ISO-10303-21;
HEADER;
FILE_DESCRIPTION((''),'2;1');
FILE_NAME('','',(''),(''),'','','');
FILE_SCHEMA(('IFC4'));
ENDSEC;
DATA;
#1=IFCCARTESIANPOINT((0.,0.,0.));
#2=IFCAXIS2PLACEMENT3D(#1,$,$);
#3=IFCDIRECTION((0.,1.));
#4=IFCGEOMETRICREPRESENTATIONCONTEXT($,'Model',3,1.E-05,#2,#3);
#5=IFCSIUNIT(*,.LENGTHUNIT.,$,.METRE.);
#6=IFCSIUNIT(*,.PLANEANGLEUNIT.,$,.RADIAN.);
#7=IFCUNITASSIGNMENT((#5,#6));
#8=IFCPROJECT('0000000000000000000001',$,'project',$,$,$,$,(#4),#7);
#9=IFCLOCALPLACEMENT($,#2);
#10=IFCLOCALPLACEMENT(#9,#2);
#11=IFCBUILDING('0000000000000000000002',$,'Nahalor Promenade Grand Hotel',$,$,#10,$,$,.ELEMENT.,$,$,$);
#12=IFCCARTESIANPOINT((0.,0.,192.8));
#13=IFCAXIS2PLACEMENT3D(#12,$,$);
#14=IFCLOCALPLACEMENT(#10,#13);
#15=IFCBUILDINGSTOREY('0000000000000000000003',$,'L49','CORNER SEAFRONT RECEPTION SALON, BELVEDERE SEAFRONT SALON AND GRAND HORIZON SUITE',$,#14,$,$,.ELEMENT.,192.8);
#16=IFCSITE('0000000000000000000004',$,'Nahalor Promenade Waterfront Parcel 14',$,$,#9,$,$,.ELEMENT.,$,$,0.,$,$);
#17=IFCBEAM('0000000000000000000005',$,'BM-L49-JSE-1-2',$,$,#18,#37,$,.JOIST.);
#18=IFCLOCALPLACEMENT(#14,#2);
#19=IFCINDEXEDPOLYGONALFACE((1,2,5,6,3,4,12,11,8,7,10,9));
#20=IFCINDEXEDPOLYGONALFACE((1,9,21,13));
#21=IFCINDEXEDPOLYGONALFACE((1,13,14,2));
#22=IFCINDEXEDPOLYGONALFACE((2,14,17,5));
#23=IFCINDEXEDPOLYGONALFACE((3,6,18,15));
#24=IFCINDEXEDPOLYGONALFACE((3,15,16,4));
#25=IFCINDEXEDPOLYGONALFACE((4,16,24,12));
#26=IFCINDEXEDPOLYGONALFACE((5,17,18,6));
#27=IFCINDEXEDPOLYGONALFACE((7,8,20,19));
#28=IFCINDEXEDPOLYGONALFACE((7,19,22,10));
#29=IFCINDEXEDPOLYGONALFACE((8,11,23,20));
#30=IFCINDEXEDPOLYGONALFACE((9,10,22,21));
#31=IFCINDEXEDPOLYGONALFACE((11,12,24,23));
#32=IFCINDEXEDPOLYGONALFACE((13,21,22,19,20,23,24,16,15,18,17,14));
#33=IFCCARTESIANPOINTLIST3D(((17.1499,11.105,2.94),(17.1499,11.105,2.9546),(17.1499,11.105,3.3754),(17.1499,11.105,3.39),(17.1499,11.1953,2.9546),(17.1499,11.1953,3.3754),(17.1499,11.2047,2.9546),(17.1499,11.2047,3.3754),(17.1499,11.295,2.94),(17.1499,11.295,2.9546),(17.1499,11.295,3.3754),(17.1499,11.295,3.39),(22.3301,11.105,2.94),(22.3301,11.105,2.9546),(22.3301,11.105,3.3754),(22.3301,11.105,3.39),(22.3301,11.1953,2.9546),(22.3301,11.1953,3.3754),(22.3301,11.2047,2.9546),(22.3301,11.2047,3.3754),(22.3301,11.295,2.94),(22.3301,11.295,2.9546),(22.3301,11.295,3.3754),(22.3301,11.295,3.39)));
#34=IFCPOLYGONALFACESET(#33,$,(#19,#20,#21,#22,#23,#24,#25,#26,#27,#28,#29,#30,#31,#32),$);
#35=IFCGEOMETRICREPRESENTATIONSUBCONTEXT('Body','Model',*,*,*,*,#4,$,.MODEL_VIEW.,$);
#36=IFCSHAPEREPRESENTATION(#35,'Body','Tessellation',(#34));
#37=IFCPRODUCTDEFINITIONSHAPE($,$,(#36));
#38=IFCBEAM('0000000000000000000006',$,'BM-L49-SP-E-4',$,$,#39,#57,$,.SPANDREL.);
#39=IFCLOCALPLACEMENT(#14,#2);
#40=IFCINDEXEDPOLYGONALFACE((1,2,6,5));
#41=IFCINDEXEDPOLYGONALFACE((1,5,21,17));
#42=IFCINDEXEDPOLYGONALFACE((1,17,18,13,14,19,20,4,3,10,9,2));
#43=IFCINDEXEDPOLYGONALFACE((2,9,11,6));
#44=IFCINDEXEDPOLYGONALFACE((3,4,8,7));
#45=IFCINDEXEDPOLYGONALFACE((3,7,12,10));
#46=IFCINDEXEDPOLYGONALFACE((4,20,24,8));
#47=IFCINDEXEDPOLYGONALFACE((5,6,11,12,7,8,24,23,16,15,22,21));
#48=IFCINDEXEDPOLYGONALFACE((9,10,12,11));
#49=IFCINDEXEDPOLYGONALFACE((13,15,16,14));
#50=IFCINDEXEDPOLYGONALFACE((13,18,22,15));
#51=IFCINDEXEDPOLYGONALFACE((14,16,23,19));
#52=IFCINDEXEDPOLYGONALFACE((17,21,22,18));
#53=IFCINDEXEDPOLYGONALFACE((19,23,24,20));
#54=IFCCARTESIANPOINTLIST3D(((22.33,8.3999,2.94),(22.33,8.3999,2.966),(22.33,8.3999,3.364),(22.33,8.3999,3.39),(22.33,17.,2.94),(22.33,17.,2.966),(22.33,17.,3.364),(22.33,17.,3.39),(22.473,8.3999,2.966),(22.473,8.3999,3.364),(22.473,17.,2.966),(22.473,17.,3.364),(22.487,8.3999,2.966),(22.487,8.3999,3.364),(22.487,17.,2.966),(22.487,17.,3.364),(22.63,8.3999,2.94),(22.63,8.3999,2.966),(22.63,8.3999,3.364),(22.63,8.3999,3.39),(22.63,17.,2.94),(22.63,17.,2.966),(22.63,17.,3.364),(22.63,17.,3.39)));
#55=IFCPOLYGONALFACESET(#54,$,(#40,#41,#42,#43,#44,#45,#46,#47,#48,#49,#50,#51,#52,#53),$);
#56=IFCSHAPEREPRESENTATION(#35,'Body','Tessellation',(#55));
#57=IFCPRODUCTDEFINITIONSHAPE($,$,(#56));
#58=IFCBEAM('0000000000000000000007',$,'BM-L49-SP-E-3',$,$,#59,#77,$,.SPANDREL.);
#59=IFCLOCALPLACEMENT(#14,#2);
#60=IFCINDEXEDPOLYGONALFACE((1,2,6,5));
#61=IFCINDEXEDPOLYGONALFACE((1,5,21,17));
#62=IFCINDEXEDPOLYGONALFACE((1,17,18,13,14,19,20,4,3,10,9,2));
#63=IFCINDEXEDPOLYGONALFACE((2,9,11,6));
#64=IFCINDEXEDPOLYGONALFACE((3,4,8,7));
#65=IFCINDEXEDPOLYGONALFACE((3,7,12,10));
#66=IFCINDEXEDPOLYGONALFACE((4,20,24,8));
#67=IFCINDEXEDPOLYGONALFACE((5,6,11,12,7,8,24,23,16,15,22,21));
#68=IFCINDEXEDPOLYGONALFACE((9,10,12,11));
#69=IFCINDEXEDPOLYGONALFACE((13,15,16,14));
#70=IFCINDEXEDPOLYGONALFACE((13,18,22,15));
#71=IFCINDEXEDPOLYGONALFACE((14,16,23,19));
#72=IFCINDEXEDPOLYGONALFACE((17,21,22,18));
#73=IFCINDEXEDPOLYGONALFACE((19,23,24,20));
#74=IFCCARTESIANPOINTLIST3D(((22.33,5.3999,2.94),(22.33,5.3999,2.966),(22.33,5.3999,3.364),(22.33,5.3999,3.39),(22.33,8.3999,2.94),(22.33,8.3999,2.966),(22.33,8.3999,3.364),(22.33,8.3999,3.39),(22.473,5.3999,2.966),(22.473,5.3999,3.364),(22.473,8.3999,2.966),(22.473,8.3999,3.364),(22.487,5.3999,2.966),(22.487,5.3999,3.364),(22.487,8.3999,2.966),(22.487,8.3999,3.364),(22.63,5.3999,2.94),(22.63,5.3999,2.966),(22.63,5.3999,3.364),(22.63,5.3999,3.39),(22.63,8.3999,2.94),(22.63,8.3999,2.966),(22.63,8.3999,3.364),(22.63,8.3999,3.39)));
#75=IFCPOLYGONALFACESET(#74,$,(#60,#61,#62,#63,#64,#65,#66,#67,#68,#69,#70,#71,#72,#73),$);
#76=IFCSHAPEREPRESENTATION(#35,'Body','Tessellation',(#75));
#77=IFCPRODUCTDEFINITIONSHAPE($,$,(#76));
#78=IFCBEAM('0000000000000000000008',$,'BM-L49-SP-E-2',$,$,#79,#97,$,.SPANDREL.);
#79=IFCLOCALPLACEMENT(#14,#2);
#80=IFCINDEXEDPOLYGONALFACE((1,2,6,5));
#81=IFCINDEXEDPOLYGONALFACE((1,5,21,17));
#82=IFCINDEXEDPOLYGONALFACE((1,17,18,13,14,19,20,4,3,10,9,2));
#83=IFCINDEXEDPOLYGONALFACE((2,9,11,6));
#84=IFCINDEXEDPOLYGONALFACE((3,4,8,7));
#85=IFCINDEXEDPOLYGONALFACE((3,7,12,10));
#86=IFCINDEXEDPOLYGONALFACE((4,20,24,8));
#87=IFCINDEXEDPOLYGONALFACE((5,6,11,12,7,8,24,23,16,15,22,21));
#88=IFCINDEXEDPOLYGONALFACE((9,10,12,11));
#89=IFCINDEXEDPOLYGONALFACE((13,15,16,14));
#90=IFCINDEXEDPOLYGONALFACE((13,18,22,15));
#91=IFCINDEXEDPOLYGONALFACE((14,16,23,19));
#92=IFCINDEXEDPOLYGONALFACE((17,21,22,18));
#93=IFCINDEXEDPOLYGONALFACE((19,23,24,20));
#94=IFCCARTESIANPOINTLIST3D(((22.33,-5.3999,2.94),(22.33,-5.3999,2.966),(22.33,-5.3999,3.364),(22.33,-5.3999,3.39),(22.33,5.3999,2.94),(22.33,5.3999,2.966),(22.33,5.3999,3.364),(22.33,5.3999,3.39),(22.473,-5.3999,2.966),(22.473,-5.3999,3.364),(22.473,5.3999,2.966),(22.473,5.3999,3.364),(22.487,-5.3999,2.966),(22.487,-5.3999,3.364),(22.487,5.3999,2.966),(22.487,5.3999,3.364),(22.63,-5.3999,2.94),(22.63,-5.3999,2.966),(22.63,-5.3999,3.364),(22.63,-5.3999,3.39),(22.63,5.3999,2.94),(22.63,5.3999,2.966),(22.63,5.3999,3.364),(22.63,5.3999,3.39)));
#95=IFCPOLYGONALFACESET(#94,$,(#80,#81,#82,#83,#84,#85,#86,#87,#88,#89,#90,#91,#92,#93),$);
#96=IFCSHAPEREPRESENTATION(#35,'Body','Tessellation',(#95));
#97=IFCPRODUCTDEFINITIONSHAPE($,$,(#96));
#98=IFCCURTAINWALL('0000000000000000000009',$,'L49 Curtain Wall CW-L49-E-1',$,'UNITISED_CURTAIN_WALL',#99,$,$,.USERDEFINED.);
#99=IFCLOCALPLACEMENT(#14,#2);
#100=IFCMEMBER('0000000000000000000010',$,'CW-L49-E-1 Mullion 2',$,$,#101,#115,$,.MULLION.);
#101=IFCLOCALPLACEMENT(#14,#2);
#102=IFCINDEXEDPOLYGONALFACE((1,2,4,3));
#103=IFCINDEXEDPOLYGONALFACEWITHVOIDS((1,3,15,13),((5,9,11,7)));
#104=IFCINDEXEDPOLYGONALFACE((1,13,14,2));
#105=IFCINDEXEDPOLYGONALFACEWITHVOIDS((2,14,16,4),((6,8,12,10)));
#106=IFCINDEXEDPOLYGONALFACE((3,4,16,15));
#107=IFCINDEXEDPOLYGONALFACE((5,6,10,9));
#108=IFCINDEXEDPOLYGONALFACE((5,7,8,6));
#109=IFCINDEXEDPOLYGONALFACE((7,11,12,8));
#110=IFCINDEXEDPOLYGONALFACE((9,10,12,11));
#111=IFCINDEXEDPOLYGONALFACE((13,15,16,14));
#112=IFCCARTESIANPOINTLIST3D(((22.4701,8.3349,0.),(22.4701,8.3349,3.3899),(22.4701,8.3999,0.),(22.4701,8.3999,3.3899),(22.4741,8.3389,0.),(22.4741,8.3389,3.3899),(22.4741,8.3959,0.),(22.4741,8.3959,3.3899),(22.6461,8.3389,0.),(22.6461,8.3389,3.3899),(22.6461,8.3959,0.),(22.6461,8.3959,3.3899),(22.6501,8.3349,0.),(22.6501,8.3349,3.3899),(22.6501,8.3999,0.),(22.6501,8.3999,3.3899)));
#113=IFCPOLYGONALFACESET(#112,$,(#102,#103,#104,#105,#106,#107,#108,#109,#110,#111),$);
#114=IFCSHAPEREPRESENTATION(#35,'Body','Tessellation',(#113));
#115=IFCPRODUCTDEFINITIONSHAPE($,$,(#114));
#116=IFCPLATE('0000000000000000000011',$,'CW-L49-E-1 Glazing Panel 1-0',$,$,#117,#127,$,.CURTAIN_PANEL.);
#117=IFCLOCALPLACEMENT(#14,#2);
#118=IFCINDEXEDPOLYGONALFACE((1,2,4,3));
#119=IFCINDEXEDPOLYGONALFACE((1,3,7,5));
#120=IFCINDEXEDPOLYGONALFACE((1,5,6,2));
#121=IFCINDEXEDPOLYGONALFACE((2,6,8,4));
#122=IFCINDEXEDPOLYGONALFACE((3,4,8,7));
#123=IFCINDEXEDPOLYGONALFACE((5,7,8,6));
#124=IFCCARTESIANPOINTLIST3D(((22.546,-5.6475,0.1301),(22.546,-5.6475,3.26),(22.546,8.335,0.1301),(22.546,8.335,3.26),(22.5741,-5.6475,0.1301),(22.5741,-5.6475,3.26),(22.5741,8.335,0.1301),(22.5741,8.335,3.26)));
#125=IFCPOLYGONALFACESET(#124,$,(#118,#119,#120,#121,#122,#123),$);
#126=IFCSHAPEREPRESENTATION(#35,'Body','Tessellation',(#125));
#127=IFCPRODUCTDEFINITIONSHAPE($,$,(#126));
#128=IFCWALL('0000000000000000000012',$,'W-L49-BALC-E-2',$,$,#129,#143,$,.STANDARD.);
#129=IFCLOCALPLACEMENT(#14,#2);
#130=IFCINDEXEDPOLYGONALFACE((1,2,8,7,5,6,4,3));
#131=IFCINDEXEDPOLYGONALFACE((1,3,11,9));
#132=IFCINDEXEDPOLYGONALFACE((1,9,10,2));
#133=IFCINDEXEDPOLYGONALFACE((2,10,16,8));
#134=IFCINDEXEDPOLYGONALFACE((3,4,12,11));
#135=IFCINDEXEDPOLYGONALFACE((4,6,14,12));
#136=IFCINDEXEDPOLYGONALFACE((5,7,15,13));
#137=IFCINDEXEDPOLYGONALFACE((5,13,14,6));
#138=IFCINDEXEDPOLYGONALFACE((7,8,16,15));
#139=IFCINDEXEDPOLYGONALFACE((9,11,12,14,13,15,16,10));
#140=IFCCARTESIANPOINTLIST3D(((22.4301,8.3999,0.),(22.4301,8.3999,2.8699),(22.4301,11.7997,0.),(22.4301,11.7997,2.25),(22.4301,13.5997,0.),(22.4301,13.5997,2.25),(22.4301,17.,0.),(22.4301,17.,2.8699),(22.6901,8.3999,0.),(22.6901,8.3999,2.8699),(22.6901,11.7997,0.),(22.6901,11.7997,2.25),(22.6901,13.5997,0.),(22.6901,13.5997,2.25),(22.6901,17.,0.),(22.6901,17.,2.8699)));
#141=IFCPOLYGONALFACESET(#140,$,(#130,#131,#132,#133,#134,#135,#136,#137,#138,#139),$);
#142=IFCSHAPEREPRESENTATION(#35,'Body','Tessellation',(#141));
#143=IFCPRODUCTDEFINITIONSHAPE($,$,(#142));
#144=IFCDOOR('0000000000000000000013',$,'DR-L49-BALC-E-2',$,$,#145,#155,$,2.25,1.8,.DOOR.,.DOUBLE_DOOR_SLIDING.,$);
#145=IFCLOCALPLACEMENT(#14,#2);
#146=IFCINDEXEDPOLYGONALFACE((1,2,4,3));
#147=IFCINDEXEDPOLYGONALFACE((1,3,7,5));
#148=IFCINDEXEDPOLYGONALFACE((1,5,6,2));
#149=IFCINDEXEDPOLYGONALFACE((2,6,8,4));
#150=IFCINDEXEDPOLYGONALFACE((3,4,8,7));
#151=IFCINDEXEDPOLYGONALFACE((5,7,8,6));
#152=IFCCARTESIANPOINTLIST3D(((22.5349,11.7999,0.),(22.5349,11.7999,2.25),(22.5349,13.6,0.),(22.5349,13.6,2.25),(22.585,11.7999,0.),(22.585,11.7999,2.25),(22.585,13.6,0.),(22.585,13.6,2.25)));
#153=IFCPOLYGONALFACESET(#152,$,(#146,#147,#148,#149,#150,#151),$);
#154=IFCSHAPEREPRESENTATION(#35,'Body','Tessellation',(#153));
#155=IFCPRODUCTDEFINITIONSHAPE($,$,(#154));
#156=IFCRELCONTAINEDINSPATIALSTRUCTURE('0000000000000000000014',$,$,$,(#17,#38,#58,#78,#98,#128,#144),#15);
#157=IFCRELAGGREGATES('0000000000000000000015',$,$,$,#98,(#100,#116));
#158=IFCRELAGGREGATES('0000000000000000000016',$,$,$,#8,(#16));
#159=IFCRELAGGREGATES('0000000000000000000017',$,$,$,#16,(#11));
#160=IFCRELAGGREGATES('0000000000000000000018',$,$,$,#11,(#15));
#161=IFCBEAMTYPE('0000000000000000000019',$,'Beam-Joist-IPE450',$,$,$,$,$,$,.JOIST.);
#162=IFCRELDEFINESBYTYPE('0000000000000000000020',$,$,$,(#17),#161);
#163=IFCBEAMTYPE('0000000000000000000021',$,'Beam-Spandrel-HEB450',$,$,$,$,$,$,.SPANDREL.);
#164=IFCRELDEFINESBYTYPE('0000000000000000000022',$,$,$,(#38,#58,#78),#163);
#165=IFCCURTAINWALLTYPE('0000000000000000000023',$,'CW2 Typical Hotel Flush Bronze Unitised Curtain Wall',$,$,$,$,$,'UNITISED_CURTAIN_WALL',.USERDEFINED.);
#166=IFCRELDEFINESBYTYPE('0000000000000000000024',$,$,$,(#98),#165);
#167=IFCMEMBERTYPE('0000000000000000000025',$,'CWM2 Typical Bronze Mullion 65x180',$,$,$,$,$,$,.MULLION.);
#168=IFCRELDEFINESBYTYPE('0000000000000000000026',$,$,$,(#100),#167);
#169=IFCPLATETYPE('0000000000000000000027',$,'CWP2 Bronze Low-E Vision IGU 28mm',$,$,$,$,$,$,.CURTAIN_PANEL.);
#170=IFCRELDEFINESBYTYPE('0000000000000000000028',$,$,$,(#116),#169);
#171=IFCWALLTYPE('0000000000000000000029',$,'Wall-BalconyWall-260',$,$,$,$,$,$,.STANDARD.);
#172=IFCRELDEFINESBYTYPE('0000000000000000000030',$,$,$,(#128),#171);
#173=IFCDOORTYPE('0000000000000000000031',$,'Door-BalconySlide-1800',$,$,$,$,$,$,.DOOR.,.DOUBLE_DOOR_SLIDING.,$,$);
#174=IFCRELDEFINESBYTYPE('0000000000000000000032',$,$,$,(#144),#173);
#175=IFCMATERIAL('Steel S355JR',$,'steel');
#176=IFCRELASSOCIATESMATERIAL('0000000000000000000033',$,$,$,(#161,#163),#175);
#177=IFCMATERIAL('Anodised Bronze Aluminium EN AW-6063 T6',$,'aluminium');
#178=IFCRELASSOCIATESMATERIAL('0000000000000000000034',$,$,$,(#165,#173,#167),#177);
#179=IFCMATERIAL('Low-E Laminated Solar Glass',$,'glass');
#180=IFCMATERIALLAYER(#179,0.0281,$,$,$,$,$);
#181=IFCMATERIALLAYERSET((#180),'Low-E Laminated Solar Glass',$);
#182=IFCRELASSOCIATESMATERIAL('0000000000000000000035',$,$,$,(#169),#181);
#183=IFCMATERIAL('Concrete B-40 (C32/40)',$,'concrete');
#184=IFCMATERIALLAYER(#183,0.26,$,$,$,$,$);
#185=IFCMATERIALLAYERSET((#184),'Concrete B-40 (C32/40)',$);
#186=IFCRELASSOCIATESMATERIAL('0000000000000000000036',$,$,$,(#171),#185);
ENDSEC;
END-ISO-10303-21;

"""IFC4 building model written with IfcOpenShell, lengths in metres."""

from ifc_helpers import new_model, si_unit, direction, frame, frame_2d, origin, origin_2d, place, context, subcontext, project, spatial, rectangle, hollow_rectangle, i_section, extrude, source, transform, mapped, material, layer, layer_set, material_profile, profile_set, type_object, element, fill, aggregate, save


model = new_model("IFC4")

# Units and contexts
model_context = context("Model", 3, precision=1e-05, world=origin(), true_north=direction((0.0, 1.0)))
body_context = subcontext(model_context, "Body", "Model", "MODEL_VIEW")
ifc_project = project(units=[si_unit("LENGTHUNIT", "METRE"), si_unit("PLANEANGLEUNIT", "RADIAN")], contexts=[model_context])

# Site, building, storey
site_placement = place(None, origin())
site = spatial("IfcSite", under=ifc_project, at=site_placement, Name="Nahalor Promenade Waterfront Parcel 14", CompositionType="ELEMENT", RefElevation=0.0)
building_placement = place(site_placement, origin())
building = spatial("IfcBuilding", under=site, at=building_placement, Name="Nahalor Promenade Grand Hotel", CompositionType="ELEMENT")
storey_placement = place(building_placement, frame((0.0, 0.0, 192.8)))
storey = spatial("IfcBuildingStorey", under=building, at=storey_placement, Name="L49", Description="CORNER SEAFRONT RECEPTION SALON, BELVEDERE SEAFRONT SALON AND GRAND HORIZON SUITE", CompositionType="ELEMENT", Elevation=192.8)

# Beams
ifc_material_1 = material(Name="Steel S355JR", Category="steel")
ifc_material_profile_1 = material_profile(ifc_material_1, i_section(OverallWidth=0.19, OverallDepth=0.45, WebThickness=0.0094, FlangeThickness=0.0146, at=origin_2d()), Name="IPE 450")
ifc_profile_set_1 = profile_set([ifc_material_profile_1], Name="Steel S355JR")
beam_type_1 = type_object("IfcBeamType", Name="Beam-Joist-IPE450", PredefinedType="JOIST", material=ifc_profile_set_1)
shared_shape_1 = source(origin(), body_context, "Body", "SweptSolid", [
    extrude(i_section(OverallWidth=0.19, OverallDepth=0.45, WebThickness=0.0094, FlangeThickness=0.0146, at=origin_2d()), origin(), (0.0, 0.0, 1.0), 5.1802),
])
beam_1_placement = place(storey_placement, frame((17.1499, 11.2, 3.165), z_axis=(1.0, 0.0, 0.0), x_axis=(0.0, 1.0, 0.0)))
element("IfcBeam", 1, at=beam_1_placement, inside=storey, type_object=beam_type_1, Name="BM-L49-JSE-1-2", PredefinedType="JOIST", context=body_context, shape_type="MappedRepresentation", body=[
    mapped(shared_shape_1, transform((0.0, 0.0, 0.0), scale=1.0)),
])
ifc_material_profile_2 = material_profile(ifc_material_1, i_section(OverallWidth=0.3, OverallDepth=0.45, WebThickness=0.014, FlangeThickness=0.026, at=origin_2d()), Name="HEB 450")
ifc_profile_set_2 = profile_set([ifc_material_profile_2], Name="Steel S355JR")
beam_type_2 = type_object("IfcBeamType", Name="Beam-Spandrel-HEB450", PredefinedType="SPANDREL", material=ifc_profile_set_2)
shared_shape_2 = source(origin(), body_context, "Body", "SweptSolid", [
    extrude(i_section(OverallWidth=0.3, OverallDepth=0.45, WebThickness=0.014, FlangeThickness=0.026, at=origin_2d()), origin(), (0.0, 0.0, 1.0), 8.6001),
])
beam_2_placement = place(storey_placement, frame((22.48, 8.3999, 3.165), z_axis=(0.0, 1.0, 0.0), x_axis=(-1.0, 0.0, 0.0)))
element("IfcBeam", 2, at=beam_2_placement, inside=storey, type_object=beam_type_2, Name="BM-L49-SP-E-4", PredefinedType="SPANDREL", context=body_context, shape_type="MappedRepresentation", body=[
    mapped(shared_shape_2, transform((0.0, 0.0, 0.0), scale=1.0)),
])
shared_shape_3 = source(origin(), body_context, "Body", "SweptSolid", [
    extrude(i_section(OverallWidth=0.3, OverallDepth=0.45, WebThickness=0.014, FlangeThickness=0.026, at=origin_2d()), origin(), (0.0, 0.0, 1.0), 3.0),
])
beam_3_placement = place(storey_placement, frame((22.48, 5.3999, 3.165), z_axis=(0.0, 1.0, 0.0), x_axis=(-1.0, 0.0, 0.0)))
element("IfcBeam", 3, at=beam_3_placement, inside=storey, type_object=beam_type_2, Name="BM-L49-SP-E-3", PredefinedType="SPANDREL", context=body_context, shape_type="MappedRepresentation", body=[
    mapped(shared_shape_3, transform((0.0, 0.0, 0.0), scale=1.0)),
])
shared_shape_4 = source(origin(), body_context, "Body", "SweptSolid", [
    extrude(i_section(OverallWidth=0.3, OverallDepth=0.45, WebThickness=0.014, FlangeThickness=0.026, at=origin_2d()), origin(), (0.0, 0.0, 1.0), 10.7998),
])
beam_4_placement = place(storey_placement, frame((22.48, -5.3999, 3.165), z_axis=(0.0, 1.0, 0.0), x_axis=(-1.0, 0.0, 0.0)))
element("IfcBeam", 4, at=beam_4_placement, inside=storey, type_object=beam_type_2, Name="BM-L49-SP-E-2", PredefinedType="SPANDREL", context=body_context, shape_type="MappedRepresentation", body=[
    mapped(shared_shape_4, transform((0.0, 0.0, 0.0), scale=1.0)),
])

# Curtain wall, member, plate
ifc_material_2 = material(Name="Anodised Bronze Aluminium EN AW-6063 T6", Category="aluminium")
curtain_wall_type = type_object("IfcCurtainWallType", Name="CW2 Typical Hotel Flush Bronze Unitised Curtain Wall", ElementType="UNITISED_CURTAIN_WALL", PredefinedType="USERDEFINED", material=ifc_material_2)
curtain_wall_placement = place(storey_placement, origin())
curtain_wall = element("IfcCurtainWall", 5, at=curtain_wall_placement, inside=storey, type_object=curtain_wall_type, Name="L49 Curtain Wall CW-L49-E-1", ObjectType="UNITISED_CURTAIN_WALL", PredefinedType="USERDEFINED")
ifc_material_profile_3 = material_profile(ifc_material_2, hollow_rectangle(XDim=0.065, YDim=0.18, WallThickness=0.004, at=origin_2d()), Name="CWM 65x180x4")
ifc_profile_set_3 = profile_set([ifc_material_profile_3], Name="Anodised Bronze Aluminium EN AW-6063 T6")
member_type = type_object("IfcMemberType", Name="CWM2 Typical Bronze Mullion 65x180", PredefinedType="MULLION", material=ifc_profile_set_3)
shared_shape_5 = source(origin(), body_context, "Body", "SweptSolid", [
    extrude(hollow_rectangle(XDim=0.065, YDim=0.18, WallThickness=0.004, at=origin_2d()), origin(), (0.0, 0.0, 1.0), 3.3899),
])
member_placement = place(storey_placement, frame((22.5601, 8.3674, 0.0), z_axis=(0.0, 0.0, 1.0), x_axis=(0.0, 1.0, 0.0)))
member = element("IfcMember", 6, at=member_placement, type_object=member_type, Name="CW-L49-E-1 Mullion 2", PredefinedType="MULLION", context=body_context, shape_type="MappedRepresentation", body=[
    mapped(shared_shape_5, transform((0.0, 0.0, 0.0), scale=1.0)),
])
ifc_material_3 = material(Name="Low-E Laminated Solar Glass", Category="glass")
ifc_layer_1 = layer(ifc_material_3, 0.0281)
ifc_layer_set_1 = layer_set([ifc_layer_1], Name="Low-E Laminated Solar Glass")
plate_type = type_object("IfcPlateType", Name="CWP2 Bronze Low-E Vision IGU 28mm", PredefinedType="CURTAIN_PANEL", material=ifc_layer_set_1)
shared_shape_6 = source(origin(), body_context, "Body", "SweptSolid", [
    extrude(rectangle(XDim=13.9824, YDim=0.0281, at=origin_2d()), origin(), (0.0, 0.0, 1.0), 3.1299),
])
plate_placement = place(storey_placement, frame((22.5601, 1.3438, 0.1301), z_axis=(0.0, 0.0, 1.0), x_axis=(0.0, 1.0, 0.0)))
plate = element("IfcPlate", 7, at=plate_placement, type_object=plate_type, Name="CW-L49-E-1 Glazing Panel 1-0", PredefinedType="CURTAIN_PANEL", context=body_context, shape_type="MappedRepresentation", body=[
    mapped(shared_shape_6, transform((0.0, 0.0, 0.0), scale=1.0)),
])
aggregate(curtain_wall, [member, plate])

# Wall, opening, door
ifc_material_4 = material(Name="Concrete B-40 (C32/40)", Category="concrete")
ifc_layer_2 = layer(ifc_material_4, 0.26)
ifc_layer_set_2 = layer_set([ifc_layer_2], Name="Concrete B-40 (C32/40)")
wall_type_1 = type_object("IfcWallType", Name="Wall-BalconyWall-260", PredefinedType="STANDARD", material=ifc_layer_set_2)
shared_shape_7 = source(origin(), body_context, "Body", "SweptSolid", [
    extrude(rectangle(XDim=8.6001, YDim=0.26, at=frame_2d((4.3, 0.0))), origin(), (0.0, 0.0, 1.0), 2.8699),
])
wall_1_placement = place(storey_placement, frame((22.5601, 8.3999, 0.0), z_axis=(0.0, 0.0, 1.0), x_axis=(0.0, 1.0, 0.0)))
wall_1 = element("IfcWall", 8, at=wall_1_placement, inside=storey, type_object=wall_type_1, Name="W-L49-BALC-E-2", PredefinedType="STANDARD", context=body_context, shape_type="MappedRepresentation", body=[
    mapped(shared_shape_7, transform((0.0, 0.0, 0.0), scale=1.0)),
])
opening_1_placement = place(wall_1_placement, frame((3.3999, 0.0, 0.0)))
opening_1 = element("IfcOpeningElement", 9, at=opening_1_placement, cuts=wall_1, PredefinedType="OPENING", context=body_context, shape_type="SweptSolid", body=[
    extrude(rectangle(XDim=1.8, YDim=2.25, at=frame_2d((0.8999, 1.125))), frame((0.0, 0.1399, 0.0), z_axis=(0.0, -1.0, 0.0), x_axis=(1.0, 0.0, 0.0)), (0.0, 0.0, 1.0), 0.28),
])
door_type_1 = type_object("IfcDoorType", Name="Door-BalconySlide-1800", OperationType="DOUBLE_DOOR_SLIDING", PredefinedType="DOOR", material=ifc_material_2)
shared_shape_8 = source(origin(), body_context, "Body", "SweptSolid", [
    extrude(rectangle(XDim=1.8, YDim=2.25, at=frame_2d((0.8999, 1.125))), frame((0.0, 0.0249, 0.0), z_axis=(0.0, -1.0, 0.0), x_axis=(1.0, 0.0, 0.0)), (0.0, 0.0, 1.0), 0.05),
])
door_1_placement = place(opening_1_placement, frame((1.8, 0.0, 0.0), z_axis=(0.0, 0.0, 1.0), x_axis=(-1.0, 0.0, 0.0)))
door_1 = element("IfcDoor", 10, at=door_1_placement, inside=storey, type_object=door_type_1, Name="DR-L49-BALC-E-2", OperationType="DOUBLE_DOOR_SLIDING", OverallHeight=2.25, OverallWidth=1.8, PredefinedType="DOOR", context=body_context, shape_type="MappedRepresentation", body=[
    mapped(shared_shape_8, transform((0.0, 0.0, 0.0), scale=1.0)),
])
fill(opening_1, door_1)

save(model, "model.ifc")
